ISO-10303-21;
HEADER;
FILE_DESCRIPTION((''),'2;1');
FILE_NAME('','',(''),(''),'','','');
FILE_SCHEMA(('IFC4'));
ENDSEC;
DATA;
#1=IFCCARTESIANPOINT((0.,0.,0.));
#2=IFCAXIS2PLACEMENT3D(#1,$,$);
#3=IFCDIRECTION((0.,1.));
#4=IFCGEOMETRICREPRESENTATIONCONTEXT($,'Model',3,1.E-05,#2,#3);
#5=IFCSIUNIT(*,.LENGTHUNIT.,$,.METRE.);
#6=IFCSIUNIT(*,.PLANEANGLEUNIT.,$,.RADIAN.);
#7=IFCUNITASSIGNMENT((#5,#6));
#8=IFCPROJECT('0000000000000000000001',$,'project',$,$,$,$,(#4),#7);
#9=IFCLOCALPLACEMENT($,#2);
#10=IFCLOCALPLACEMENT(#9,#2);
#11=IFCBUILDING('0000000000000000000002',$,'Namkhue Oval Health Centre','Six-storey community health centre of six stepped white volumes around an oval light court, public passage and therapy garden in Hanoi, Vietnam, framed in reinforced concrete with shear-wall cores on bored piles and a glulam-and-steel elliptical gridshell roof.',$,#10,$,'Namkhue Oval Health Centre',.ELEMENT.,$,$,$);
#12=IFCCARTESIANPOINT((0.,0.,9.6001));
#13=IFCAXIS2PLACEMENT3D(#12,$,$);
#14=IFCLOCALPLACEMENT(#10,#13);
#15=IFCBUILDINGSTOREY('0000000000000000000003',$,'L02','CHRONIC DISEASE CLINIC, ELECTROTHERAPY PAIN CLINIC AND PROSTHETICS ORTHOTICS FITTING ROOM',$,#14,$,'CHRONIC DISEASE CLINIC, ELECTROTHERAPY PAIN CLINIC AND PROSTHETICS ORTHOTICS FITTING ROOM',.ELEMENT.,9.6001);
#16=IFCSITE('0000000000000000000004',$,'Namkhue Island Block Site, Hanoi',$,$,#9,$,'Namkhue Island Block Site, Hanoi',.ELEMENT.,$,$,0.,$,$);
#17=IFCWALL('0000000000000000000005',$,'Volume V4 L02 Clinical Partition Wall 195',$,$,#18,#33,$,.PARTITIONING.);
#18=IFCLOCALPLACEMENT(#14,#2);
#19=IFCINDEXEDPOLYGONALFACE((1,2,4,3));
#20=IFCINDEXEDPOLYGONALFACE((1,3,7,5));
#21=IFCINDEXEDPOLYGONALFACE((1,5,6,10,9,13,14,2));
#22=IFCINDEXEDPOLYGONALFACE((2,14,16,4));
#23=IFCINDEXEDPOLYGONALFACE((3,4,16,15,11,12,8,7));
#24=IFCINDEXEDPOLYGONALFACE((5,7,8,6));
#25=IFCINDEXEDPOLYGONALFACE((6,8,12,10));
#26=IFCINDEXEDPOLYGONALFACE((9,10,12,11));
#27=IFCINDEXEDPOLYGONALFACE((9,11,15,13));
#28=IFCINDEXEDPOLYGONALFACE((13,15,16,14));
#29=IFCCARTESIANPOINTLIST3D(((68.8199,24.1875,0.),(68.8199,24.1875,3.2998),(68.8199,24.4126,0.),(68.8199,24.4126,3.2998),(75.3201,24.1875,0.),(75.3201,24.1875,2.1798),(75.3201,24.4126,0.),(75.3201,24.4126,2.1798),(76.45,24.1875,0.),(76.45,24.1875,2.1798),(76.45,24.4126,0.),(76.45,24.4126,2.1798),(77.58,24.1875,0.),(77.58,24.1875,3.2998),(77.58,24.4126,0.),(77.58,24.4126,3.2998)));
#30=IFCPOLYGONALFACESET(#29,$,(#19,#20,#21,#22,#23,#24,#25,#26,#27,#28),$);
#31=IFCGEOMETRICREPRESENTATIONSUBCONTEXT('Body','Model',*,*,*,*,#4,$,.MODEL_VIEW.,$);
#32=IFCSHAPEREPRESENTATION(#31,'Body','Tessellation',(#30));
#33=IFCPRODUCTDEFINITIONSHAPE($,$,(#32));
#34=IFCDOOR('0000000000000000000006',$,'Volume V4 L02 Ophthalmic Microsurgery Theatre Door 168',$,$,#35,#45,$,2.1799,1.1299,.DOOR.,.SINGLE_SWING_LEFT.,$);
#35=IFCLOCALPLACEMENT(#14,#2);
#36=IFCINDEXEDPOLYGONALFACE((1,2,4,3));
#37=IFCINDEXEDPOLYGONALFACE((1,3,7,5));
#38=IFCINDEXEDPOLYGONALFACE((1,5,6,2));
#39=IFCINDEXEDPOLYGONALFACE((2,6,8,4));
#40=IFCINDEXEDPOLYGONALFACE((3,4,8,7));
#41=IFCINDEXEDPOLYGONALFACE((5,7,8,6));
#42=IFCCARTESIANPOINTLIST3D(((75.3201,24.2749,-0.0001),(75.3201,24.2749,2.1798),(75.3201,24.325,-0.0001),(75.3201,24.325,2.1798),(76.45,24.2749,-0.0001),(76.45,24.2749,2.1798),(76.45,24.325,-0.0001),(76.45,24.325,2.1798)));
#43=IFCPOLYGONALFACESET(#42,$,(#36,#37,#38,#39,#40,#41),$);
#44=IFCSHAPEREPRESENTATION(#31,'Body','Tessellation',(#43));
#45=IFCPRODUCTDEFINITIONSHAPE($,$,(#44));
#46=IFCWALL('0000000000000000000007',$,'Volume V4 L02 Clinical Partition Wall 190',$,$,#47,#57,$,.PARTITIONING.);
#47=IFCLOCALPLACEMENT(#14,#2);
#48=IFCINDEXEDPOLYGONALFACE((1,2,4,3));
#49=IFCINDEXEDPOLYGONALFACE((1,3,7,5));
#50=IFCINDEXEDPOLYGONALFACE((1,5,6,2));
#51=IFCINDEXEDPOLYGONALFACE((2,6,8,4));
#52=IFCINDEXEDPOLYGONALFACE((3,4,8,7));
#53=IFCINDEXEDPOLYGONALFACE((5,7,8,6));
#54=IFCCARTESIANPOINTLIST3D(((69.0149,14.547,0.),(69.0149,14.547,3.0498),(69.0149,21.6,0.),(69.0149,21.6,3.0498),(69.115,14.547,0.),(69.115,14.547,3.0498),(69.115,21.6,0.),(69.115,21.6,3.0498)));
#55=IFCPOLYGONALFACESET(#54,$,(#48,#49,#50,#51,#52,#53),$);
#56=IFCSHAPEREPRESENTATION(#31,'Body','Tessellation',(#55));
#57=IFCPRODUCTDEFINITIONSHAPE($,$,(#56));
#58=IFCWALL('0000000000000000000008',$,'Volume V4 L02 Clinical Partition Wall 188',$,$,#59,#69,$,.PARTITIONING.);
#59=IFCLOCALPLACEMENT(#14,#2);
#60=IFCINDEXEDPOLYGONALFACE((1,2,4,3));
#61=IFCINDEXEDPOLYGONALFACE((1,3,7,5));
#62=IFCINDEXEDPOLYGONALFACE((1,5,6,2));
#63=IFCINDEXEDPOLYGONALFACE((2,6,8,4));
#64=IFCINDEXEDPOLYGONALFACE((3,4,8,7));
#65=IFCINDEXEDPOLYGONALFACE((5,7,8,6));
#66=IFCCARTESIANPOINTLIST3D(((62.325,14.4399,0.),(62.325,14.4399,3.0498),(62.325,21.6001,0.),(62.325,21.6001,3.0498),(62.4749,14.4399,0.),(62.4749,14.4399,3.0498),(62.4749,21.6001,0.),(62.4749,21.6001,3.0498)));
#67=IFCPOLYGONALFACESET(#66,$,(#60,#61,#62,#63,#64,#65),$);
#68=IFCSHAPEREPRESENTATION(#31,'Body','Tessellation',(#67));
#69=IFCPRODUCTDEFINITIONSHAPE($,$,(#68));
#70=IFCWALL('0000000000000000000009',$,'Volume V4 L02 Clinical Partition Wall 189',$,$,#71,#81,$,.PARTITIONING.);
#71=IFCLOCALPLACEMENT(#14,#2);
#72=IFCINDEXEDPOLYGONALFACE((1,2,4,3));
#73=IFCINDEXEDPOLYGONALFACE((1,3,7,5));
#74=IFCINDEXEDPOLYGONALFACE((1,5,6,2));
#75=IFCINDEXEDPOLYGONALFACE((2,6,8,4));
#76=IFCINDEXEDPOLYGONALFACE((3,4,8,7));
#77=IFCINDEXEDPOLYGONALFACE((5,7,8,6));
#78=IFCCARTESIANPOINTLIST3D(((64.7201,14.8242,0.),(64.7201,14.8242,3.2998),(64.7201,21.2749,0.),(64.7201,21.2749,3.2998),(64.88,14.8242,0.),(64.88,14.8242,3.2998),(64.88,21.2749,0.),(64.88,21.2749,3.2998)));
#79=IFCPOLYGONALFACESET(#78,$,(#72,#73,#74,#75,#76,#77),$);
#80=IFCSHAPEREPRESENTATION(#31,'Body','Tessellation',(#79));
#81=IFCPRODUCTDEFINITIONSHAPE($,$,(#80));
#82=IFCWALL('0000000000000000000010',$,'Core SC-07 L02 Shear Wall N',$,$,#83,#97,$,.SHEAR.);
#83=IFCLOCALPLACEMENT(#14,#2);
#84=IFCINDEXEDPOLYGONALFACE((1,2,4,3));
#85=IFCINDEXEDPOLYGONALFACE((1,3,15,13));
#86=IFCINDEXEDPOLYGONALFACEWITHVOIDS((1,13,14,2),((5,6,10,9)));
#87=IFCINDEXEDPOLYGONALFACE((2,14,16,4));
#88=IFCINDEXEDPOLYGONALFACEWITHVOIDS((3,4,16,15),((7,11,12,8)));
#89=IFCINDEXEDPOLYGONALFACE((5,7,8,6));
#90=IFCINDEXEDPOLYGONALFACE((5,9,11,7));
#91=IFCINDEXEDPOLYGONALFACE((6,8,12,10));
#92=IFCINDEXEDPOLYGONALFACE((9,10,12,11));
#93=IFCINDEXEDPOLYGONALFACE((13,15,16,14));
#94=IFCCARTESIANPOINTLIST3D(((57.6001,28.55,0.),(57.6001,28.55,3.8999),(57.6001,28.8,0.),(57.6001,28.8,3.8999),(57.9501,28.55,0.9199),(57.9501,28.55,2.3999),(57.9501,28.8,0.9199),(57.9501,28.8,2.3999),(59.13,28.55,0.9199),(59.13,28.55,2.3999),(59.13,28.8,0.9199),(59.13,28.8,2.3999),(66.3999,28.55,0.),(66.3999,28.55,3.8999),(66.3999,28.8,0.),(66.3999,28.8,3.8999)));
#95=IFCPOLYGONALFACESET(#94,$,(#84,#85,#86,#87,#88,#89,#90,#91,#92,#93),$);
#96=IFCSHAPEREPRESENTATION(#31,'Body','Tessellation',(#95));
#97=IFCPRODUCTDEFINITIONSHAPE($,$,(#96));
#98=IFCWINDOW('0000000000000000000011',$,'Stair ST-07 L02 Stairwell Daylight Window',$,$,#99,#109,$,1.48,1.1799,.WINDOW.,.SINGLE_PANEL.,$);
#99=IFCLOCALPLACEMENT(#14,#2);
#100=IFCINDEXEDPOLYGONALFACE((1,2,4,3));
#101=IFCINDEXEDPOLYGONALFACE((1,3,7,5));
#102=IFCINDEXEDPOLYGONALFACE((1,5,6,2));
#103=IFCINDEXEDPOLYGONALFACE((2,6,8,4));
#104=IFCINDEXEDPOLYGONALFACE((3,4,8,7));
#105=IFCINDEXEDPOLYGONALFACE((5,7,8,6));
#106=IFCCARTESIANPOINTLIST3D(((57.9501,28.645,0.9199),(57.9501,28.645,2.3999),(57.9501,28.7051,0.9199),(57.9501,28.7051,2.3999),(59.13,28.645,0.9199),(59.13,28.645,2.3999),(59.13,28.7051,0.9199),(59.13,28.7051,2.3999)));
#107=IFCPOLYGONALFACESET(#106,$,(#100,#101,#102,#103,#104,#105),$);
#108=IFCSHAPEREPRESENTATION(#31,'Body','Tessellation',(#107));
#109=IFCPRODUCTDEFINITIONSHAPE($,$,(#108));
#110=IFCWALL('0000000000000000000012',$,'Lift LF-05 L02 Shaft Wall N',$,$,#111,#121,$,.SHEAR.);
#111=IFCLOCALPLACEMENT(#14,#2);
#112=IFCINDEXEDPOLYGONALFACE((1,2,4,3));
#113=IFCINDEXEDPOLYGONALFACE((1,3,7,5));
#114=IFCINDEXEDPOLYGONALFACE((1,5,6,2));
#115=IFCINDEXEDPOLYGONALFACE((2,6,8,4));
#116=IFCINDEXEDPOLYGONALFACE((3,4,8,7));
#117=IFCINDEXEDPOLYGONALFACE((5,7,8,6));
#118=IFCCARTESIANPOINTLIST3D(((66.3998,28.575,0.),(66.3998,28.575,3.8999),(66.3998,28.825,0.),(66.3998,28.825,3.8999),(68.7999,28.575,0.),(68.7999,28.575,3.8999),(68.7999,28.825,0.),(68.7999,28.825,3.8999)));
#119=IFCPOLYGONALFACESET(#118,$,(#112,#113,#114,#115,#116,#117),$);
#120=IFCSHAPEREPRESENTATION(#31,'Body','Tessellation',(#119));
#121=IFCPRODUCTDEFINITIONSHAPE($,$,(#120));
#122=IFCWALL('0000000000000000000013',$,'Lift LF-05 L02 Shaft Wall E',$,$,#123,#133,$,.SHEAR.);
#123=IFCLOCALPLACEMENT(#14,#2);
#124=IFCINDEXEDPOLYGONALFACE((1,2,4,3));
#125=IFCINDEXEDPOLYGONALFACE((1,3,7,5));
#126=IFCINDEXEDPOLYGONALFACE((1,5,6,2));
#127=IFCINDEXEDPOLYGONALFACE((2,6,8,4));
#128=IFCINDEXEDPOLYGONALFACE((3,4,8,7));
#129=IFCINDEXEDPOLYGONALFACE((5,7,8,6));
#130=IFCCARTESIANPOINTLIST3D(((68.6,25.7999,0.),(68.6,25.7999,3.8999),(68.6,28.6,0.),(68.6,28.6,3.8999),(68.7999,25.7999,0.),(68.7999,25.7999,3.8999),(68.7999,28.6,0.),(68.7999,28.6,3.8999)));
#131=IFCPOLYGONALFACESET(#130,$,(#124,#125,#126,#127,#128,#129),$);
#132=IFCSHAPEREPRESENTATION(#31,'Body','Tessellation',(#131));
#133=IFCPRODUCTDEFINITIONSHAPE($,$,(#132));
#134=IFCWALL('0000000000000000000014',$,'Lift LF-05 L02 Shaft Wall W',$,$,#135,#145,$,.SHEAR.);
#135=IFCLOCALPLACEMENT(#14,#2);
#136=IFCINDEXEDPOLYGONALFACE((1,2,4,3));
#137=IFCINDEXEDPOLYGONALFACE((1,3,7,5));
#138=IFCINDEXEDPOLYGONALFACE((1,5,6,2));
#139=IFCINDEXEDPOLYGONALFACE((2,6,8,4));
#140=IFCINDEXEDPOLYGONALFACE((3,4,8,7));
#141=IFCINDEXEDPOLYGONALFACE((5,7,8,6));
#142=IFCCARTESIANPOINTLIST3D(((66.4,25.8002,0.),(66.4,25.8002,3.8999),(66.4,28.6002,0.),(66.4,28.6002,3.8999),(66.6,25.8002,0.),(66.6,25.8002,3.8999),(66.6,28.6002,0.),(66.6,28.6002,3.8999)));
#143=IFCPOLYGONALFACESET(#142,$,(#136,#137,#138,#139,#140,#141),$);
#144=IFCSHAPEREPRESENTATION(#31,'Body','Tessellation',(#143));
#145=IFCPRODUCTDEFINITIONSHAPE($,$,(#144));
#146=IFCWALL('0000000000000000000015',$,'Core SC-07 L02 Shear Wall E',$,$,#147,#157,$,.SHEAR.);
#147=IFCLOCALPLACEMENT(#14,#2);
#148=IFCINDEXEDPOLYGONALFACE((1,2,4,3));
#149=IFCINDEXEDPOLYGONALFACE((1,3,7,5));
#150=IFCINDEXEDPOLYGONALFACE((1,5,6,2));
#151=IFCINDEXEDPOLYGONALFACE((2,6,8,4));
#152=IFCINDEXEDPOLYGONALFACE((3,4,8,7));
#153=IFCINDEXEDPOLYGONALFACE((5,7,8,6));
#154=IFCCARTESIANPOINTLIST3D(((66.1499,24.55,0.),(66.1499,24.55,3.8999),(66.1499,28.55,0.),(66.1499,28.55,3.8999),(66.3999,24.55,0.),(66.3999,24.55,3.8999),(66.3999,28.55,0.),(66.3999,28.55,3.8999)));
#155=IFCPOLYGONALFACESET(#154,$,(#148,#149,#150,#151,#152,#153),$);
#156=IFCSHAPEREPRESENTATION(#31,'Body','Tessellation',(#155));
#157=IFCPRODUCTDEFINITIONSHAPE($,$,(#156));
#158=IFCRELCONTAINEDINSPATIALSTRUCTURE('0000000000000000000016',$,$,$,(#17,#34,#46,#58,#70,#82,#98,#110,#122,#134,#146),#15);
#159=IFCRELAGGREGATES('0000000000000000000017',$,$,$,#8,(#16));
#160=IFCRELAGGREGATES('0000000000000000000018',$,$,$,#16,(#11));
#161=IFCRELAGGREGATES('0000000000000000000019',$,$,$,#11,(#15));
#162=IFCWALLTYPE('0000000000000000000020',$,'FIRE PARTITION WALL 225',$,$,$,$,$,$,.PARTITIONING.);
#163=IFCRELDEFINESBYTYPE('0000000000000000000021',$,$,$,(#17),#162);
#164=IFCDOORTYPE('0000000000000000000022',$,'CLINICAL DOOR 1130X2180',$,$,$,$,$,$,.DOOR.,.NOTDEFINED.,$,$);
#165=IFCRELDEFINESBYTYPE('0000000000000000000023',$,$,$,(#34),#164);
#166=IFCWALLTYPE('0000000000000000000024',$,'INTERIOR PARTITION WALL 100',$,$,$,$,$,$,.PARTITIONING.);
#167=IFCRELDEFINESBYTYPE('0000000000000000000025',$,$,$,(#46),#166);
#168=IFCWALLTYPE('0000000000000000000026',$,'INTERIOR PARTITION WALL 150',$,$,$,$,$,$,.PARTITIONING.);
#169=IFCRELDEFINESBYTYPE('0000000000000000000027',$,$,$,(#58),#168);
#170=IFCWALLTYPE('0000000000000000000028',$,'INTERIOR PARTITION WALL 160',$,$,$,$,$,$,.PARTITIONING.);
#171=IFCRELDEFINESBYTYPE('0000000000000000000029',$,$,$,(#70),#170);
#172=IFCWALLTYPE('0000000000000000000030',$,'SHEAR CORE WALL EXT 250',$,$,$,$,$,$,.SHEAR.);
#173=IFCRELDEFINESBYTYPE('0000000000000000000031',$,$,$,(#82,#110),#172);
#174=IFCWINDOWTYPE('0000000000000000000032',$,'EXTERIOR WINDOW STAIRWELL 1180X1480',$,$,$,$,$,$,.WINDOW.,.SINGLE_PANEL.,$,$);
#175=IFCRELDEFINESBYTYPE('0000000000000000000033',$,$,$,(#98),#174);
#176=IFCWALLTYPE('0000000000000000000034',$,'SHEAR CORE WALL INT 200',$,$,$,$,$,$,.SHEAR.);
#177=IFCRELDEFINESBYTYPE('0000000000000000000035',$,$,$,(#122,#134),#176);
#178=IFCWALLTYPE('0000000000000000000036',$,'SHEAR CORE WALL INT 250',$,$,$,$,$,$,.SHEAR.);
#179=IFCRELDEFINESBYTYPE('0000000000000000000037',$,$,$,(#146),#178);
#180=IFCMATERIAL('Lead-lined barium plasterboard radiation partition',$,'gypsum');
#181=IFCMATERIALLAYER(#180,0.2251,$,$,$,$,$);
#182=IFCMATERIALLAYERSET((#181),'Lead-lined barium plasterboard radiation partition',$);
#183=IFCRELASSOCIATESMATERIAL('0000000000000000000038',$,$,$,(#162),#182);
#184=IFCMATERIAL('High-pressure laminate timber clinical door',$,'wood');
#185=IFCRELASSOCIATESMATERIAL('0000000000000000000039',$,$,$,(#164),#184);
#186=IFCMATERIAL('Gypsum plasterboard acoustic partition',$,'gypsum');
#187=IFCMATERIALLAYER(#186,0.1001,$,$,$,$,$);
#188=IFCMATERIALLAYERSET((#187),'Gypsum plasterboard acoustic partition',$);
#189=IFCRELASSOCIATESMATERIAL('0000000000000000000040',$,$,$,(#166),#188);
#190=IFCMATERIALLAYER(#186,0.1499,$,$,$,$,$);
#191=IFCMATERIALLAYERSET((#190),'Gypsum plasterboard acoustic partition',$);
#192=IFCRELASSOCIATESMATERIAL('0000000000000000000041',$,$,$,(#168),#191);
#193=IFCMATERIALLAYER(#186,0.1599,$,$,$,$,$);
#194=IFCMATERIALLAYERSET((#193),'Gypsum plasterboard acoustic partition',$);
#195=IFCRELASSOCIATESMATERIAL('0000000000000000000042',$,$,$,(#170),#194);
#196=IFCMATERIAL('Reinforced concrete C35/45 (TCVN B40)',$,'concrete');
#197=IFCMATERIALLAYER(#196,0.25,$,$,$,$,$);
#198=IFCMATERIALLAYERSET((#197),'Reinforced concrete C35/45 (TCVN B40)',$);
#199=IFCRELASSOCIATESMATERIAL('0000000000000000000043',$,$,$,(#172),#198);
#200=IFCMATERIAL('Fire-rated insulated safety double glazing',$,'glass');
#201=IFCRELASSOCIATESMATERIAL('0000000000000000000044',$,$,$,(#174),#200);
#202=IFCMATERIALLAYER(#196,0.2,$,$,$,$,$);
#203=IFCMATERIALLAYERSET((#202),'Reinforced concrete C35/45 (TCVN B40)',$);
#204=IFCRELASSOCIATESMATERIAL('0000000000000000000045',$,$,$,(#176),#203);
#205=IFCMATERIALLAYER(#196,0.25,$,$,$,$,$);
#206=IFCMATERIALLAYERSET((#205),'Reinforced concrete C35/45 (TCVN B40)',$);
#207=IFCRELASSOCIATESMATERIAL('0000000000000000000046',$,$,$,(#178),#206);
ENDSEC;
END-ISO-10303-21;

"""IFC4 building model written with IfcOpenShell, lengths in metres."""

from ifc_helpers import new_model, si_unit, direction, frame, frame_2d, origin, place, context, subcontext, project, spatial, rectangle, extrude, material, layer, layer_set, type_object, element, fill, save


model = new_model("IFC4")

# Units and contexts
model_context = context("Model", 3, precision=1e-05, world=origin(), true_north=direction((0.0, 1.0)))
body_context = subcontext(model_context, "Body", "Model", "MODEL_VIEW")
ifc_project = project(units=[si_unit("LENGTHUNIT", "METRE"), si_unit("PLANEANGLEUNIT", "RADIAN")], contexts=[model_context])

# Site, building, storey
site_placement = place(None, origin())
site = spatial("IfcSite", under=ifc_project, at=site_placement, Name="Namkhue Island Block Site, Hanoi", LongName="Namkhue Island Block Site, Hanoi", CompositionType="ELEMENT", RefElevation=0.0)
building_placement = place(site_placement, origin())
building = spatial("IfcBuilding", under=site, at=building_placement, Name="Namkhue Oval Health Centre", Description="Six-storey community health centre of six stepped white volumes around an oval light court, public passage and therapy garden in Hanoi, Vietnam, framed in reinforced concrete with shear-wall cores on bored piles and a glulam-and-steel elliptical gridshell roof.", LongName="Namkhue Oval Health Centre", CompositionType="ELEMENT")
storey_placement = place(building_placement, frame((0.0, 0.0, 9.6001)))
storey = spatial("IfcBuildingStorey", under=building, at=storey_placement, Name="L02", Description="CHRONIC DISEASE CLINIC, ELECTROTHERAPY PAIN CLINIC AND PROSTHETICS ORTHOTICS FITTING ROOM", LongName="CHRONIC DISEASE CLINIC, ELECTROTHERAPY PAIN CLINIC AND PROSTHETICS ORTHOTICS FITTING ROOM", CompositionType="ELEMENT", Elevation=9.6001)

# Shared definitions
ifc_material_1 = material(Name="Reinforced concrete C35/45 (TCVN B40)", Category="concrete")

# Wall, opening, door
ifc_material_2 = material(Name="Lead-lined barium plasterboard radiation partition", Category="gypsum")
ifc_layer_1 = layer(ifc_material_2, 0.2251)
ifc_layer_set_1 = layer_set([ifc_layer_1], Name="Lead-lined barium plasterboard radiation partition")
wall_type_1 = type_object("IfcWallType", Name="FIRE PARTITION WALL 225", PredefinedType="PARTITIONING", material=ifc_layer_set_1)
wall_1_placement = place(storey_placement, frame((68.8201, 24.3, 0.0), z_axis=(0.0, 0.0, 1.0), x_axis=(1.0, 0.0, 0.0)))
wall_1 = element("IfcWall", 1, at=wall_1_placement, inside=storey, type_object=wall_type_1, Name="Volume V4 L02 Clinical Partition Wall 195", PredefinedType="PARTITIONING", context=body_context, shape_type="SweptSolid", body=[
    extrude(rectangle(XDim=8.76, YDim=0.2251, at=frame_2d((4.3799, 0.0))), origin(), (0.0, 0.0, 1.0), 3.2998),
])
opening_1_placement = place(wall_1_placement, frame((6.5, 0.0, 0.0)))
opening_1 = element("IfcOpeningElement", 2, at=opening_1_placement, cuts=wall_1, PredefinedType="OPENING", context=body_context, shape_type="SweptSolid", body=[
    extrude(rectangle(XDim=1.1299, YDim=2.1799, at=frame_2d((0.5649, 1.0898))), frame((0.0, 0.1226, 0.0), z_axis=(0.0, -1.0, 0.0), x_axis=(1.0, 0.0, 0.0)), (0.0, 0.0, 1.0), 0.2451),
])
ifc_material_3 = material(Name="High-pressure laminate timber clinical door", Category="wood")
door_type_1 = type_object("IfcDoorType", Name="CLINICAL DOOR 1130X2180", OperationType="NOTDEFINED", PredefinedType="DOOR", material=ifc_material_3)
door_1_placement = place(opening_1_placement, origin())
door_1 = element("IfcDoor", 3, at=door_1_placement, inside=storey, type_object=door_type_1, Name="Volume V4 L02 Ophthalmic Microsurgery Theatre Door 168", OperationType="SINGLE_SWING_LEFT", OverallHeight=2.1799, OverallWidth=1.1299, PredefinedType="DOOR", context=body_context, shape_type="SweptSolid", body=[
    extrude(rectangle(XDim=1.1299, YDim=2.1799, at=frame_2d((0.5649, 1.0898))), frame((0.0, 0.0249, 0.0), z_axis=(0.0, -1.0, 0.0), x_axis=(1.0, 0.0, 0.0)), (0.0, 0.0, 1.0), 0.05),
])
fill(opening_1, door_1)

# Walls
ifc_material_4 = material(Name="Gypsum plasterboard acoustic partition", Category="gypsum")
ifc_layer_2 = layer(ifc_material_4, 0.1001)
ifc_layer_set_2 = layer_set([ifc_layer_2], Name="Gypsum plasterboard acoustic partition")
wall_type_2 = type_object("IfcWallType", Name="INTERIOR PARTITION WALL 100", PredefinedType="PARTITIONING", material=ifc_layer_set_2)
wall_2_placement = place(storey_placement, frame((69.0649, 14.5471, 0.0), z_axis=(0.0, 0.0, 1.0), x_axis=(0.0, 1.0, 0.0)))
element("IfcWall", 4, at=wall_2_placement, inside=storey, type_object=wall_type_2, Name="Volume V4 L02 Clinical Partition Wall 190", PredefinedType="PARTITIONING", context=body_context, shape_type="SweptSolid", body=[
    extrude(rectangle(XDim=7.053, YDim=0.1001, at=frame_2d((3.5264, 0.0))), origin(), (0.0, 0.0, 1.0), 3.0498),
])
ifc_layer_3 = layer(ifc_material_4, 0.1499)
ifc_layer_set_3 = layer_set([ifc_layer_3], Name="Gypsum plasterboard acoustic partition")
wall_type_3 = type_object("IfcWallType", Name="INTERIOR PARTITION WALL 150", PredefinedType="PARTITIONING", material=ifc_layer_set_3)
wall_3_placement = place(storey_placement, frame((62.3999, 14.4399, 0.0), z_axis=(0.0, 0.0, 1.0), x_axis=(0.0, 1.0, 0.0)))
element("IfcWall", 5, at=wall_3_placement, inside=storey, type_object=wall_type_3, Name="Volume V4 L02 Clinical Partition Wall 188", PredefinedType="PARTITIONING", context=body_context, shape_type="SweptSolid", body=[
    extrude(rectangle(XDim=7.1602, YDim=0.1499, at=frame_2d((3.5801, 0.0))), origin(), (0.0, 0.0, 1.0), 3.0498),
])
ifc_layer_4 = layer(ifc_material_4, 0.1599)
ifc_layer_set_4 = layer_set([ifc_layer_4], Name="Gypsum plasterboard acoustic partition")
wall_type_4 = type_object("IfcWallType", Name="INTERIOR PARTITION WALL 160", PredefinedType="PARTITIONING", material=ifc_layer_set_4)
wall_4_placement = place(storey_placement, frame((64.8, 14.8242, 0.0), z_axis=(0.0, 0.0, 1.0), x_axis=(0.0, 1.0, 0.0)))
element("IfcWall", 6, at=wall_4_placement, inside=storey, type_object=wall_type_4, Name="Volume V4 L02 Clinical Partition Wall 189", PredefinedType="PARTITIONING", context=body_context, shape_type="SweptSolid", body=[
    extrude(rectangle(XDim=6.4507, YDim=0.1599, at=frame_2d((3.2253, 0.0))), origin(), (0.0, 0.0, 1.0), 3.2998),
])

# Wall, opening, window
ifc_layer_5 = layer(ifc_material_1, 0.25)
ifc_layer_set_5 = layer_set([ifc_layer_5], Name="Reinforced concrete C35/45 (TCVN B40)")
wall_type_5 = type_object("IfcWallType", Name="SHEAR CORE WALL EXT 250", PredefinedType="SHEAR", material=ifc_layer_set_5)
wall_5_placement = place(storey_placement, frame((66.3999, 28.675, 0.0), z_axis=(0.0, 0.0, 1.0), x_axis=(-1.0, 0.0, 0.0)))
wall_5 = element("IfcWall", 7, at=wall_5_placement, inside=storey, type_object=wall_type_5, Name="Core SC-07 L02 Shear Wall N", PredefinedType="SHEAR", context=body_context, shape_type="SweptSolid", body=[
    extrude(rectangle(XDim=8.7998, YDim=0.25, at=frame_2d((4.3999, 0.0))), origin(), (0.0, 0.0, 1.0), 3.8999),
])
opening_2_placement = place(wall_5_placement, frame((7.27, 0.0, 0.9199)))
opening_2 = element("IfcOpeningElement", 8, at=opening_2_placement, cuts=wall_5, PredefinedType="OPENING", context=body_context, shape_type="SweptSolid", body=[
    extrude(rectangle(XDim=1.1799, YDim=1.48, at=frame_2d((0.5898, 0.74))), frame((0.0, 0.135, 0.0), z_axis=(0.0, -1.0, 0.0), x_axis=(1.0, 0.0, 0.0)), (0.0, 0.0, 1.0), 0.27),
])
ifc_material_5 = material(Name="Fire-rated insulated safety double glazing", Category="glass")
window_type = type_object("IfcWindowType", Name="EXTERIOR WINDOW STAIRWELL 1180X1480", PartitioningType="SINGLE_PANEL", PredefinedType="WINDOW", material=ifc_material_5)
window_placement = place(opening_2_placement, origin())
window = element("IfcWindow", 9, at=window_placement, inside=storey, type_object=window_type, Name="Stair ST-07 L02 Stairwell Daylight Window", OverallHeight=1.48, OverallWidth=1.1799, PartitioningType="SINGLE_PANEL", PredefinedType="WINDOW", context=body_context, shape_type="SweptSolid", body=[
    extrude(rectangle(XDim=1.1799, YDim=1.48, at=frame_2d((0.5898, 0.74))), frame((0.0, 0.03, 0.0), z_axis=(0.0, -1.0, 0.0), x_axis=(1.0, 0.0, 0.0)), (0.0, 0.0, 1.0), 0.0601),
])
fill(opening_2, window)

# Wall
wall_6_placement = place(storey_placement, frame((68.8, 28.7, 0.0), z_axis=(0.0, 0.0, 1.0), x_axis=(-1.0, 0.0, 0.0)))
element("IfcWall", 10, at=wall_6_placement, inside=storey, type_object=wall_type_5, Name="Lift LF-05 L02 Shaft Wall N", PredefinedType="SHEAR", context=body_context, shape_type="SweptSolid", body=[
    extrude(rectangle(XDim=2.4001, YDim=0.25, at=frame_2d((1.2002, 0.0))), origin(), (0.0, 0.0, 1.0), 3.8999),
])

# Shared definitions
ifc_layer_6 = layer(ifc_material_1, 0.2)
ifc_layer_set_6 = layer_set([ifc_layer_6], Name="Reinforced concrete C35/45 (TCVN B40)")
wall_type_6 = type_object("IfcWallType", Name="SHEAR CORE WALL INT 200", PredefinedType="SHEAR", material=ifc_layer_set_6)

# Walls
for number, where, z_axis, x_axis, name in (
    (11, (68.7, 25.8, 0.0), (0.0, 0.0, 1.0), (0.0, 1.0, 0.0), "Lift LF-05 L02 Shaft Wall E"),
    (12, (66.5, 28.6001, 0.0), (0.0, 0.0, 1.0), (0.0, -1.0, 0.0), "Lift LF-05 L02 Shaft Wall W"),
):
    element("IfcWall", number, at=place(storey_placement, frame(where, z_axis=z_axis, x_axis=x_axis)), inside=storey, type_object=wall_type_6, Name=name, PredefinedType="SHEAR", context=body_context, shape_type="SweptSolid", body=[
        extrude(rectangle(XDim=2.8, YDim=0.2, at=frame_2d((1.3999, 0.0))), origin(), (0.0, 0.0, 1.0), 3.8999),
    ])
ifc_layer_7 = layer(ifc_material_1, 0.25)
ifc_layer_set_7 = layer_set([ifc_layer_7], Name="Reinforced concrete C35/45 (TCVN B40)")
wall_type_7 = type_object("IfcWallType", Name="SHEAR CORE WALL INT 250", PredefinedType="SHEAR", material=ifc_layer_set_7)
wall_7_placement = place(storey_placement, frame((66.2749, 24.55, 0.0), z_axis=(0.0, 0.0, 1.0), x_axis=(0.0, 1.0, 0.0)))
element("IfcWall", 13, at=wall_7_placement, inside=storey, type_object=wall_type_7, Name="Core SC-07 L02 Shear Wall E", PredefinedType="SHEAR", context=body_context, shape_type="SweptSolid", body=[
    extrude(rectangle(XDim=4.0, YDim=0.25, at=frame_2d((2.0, 0.0))), origin(), (0.0, 0.0, 1.0), 3.8999),
])

save(model, "model.ifc")
